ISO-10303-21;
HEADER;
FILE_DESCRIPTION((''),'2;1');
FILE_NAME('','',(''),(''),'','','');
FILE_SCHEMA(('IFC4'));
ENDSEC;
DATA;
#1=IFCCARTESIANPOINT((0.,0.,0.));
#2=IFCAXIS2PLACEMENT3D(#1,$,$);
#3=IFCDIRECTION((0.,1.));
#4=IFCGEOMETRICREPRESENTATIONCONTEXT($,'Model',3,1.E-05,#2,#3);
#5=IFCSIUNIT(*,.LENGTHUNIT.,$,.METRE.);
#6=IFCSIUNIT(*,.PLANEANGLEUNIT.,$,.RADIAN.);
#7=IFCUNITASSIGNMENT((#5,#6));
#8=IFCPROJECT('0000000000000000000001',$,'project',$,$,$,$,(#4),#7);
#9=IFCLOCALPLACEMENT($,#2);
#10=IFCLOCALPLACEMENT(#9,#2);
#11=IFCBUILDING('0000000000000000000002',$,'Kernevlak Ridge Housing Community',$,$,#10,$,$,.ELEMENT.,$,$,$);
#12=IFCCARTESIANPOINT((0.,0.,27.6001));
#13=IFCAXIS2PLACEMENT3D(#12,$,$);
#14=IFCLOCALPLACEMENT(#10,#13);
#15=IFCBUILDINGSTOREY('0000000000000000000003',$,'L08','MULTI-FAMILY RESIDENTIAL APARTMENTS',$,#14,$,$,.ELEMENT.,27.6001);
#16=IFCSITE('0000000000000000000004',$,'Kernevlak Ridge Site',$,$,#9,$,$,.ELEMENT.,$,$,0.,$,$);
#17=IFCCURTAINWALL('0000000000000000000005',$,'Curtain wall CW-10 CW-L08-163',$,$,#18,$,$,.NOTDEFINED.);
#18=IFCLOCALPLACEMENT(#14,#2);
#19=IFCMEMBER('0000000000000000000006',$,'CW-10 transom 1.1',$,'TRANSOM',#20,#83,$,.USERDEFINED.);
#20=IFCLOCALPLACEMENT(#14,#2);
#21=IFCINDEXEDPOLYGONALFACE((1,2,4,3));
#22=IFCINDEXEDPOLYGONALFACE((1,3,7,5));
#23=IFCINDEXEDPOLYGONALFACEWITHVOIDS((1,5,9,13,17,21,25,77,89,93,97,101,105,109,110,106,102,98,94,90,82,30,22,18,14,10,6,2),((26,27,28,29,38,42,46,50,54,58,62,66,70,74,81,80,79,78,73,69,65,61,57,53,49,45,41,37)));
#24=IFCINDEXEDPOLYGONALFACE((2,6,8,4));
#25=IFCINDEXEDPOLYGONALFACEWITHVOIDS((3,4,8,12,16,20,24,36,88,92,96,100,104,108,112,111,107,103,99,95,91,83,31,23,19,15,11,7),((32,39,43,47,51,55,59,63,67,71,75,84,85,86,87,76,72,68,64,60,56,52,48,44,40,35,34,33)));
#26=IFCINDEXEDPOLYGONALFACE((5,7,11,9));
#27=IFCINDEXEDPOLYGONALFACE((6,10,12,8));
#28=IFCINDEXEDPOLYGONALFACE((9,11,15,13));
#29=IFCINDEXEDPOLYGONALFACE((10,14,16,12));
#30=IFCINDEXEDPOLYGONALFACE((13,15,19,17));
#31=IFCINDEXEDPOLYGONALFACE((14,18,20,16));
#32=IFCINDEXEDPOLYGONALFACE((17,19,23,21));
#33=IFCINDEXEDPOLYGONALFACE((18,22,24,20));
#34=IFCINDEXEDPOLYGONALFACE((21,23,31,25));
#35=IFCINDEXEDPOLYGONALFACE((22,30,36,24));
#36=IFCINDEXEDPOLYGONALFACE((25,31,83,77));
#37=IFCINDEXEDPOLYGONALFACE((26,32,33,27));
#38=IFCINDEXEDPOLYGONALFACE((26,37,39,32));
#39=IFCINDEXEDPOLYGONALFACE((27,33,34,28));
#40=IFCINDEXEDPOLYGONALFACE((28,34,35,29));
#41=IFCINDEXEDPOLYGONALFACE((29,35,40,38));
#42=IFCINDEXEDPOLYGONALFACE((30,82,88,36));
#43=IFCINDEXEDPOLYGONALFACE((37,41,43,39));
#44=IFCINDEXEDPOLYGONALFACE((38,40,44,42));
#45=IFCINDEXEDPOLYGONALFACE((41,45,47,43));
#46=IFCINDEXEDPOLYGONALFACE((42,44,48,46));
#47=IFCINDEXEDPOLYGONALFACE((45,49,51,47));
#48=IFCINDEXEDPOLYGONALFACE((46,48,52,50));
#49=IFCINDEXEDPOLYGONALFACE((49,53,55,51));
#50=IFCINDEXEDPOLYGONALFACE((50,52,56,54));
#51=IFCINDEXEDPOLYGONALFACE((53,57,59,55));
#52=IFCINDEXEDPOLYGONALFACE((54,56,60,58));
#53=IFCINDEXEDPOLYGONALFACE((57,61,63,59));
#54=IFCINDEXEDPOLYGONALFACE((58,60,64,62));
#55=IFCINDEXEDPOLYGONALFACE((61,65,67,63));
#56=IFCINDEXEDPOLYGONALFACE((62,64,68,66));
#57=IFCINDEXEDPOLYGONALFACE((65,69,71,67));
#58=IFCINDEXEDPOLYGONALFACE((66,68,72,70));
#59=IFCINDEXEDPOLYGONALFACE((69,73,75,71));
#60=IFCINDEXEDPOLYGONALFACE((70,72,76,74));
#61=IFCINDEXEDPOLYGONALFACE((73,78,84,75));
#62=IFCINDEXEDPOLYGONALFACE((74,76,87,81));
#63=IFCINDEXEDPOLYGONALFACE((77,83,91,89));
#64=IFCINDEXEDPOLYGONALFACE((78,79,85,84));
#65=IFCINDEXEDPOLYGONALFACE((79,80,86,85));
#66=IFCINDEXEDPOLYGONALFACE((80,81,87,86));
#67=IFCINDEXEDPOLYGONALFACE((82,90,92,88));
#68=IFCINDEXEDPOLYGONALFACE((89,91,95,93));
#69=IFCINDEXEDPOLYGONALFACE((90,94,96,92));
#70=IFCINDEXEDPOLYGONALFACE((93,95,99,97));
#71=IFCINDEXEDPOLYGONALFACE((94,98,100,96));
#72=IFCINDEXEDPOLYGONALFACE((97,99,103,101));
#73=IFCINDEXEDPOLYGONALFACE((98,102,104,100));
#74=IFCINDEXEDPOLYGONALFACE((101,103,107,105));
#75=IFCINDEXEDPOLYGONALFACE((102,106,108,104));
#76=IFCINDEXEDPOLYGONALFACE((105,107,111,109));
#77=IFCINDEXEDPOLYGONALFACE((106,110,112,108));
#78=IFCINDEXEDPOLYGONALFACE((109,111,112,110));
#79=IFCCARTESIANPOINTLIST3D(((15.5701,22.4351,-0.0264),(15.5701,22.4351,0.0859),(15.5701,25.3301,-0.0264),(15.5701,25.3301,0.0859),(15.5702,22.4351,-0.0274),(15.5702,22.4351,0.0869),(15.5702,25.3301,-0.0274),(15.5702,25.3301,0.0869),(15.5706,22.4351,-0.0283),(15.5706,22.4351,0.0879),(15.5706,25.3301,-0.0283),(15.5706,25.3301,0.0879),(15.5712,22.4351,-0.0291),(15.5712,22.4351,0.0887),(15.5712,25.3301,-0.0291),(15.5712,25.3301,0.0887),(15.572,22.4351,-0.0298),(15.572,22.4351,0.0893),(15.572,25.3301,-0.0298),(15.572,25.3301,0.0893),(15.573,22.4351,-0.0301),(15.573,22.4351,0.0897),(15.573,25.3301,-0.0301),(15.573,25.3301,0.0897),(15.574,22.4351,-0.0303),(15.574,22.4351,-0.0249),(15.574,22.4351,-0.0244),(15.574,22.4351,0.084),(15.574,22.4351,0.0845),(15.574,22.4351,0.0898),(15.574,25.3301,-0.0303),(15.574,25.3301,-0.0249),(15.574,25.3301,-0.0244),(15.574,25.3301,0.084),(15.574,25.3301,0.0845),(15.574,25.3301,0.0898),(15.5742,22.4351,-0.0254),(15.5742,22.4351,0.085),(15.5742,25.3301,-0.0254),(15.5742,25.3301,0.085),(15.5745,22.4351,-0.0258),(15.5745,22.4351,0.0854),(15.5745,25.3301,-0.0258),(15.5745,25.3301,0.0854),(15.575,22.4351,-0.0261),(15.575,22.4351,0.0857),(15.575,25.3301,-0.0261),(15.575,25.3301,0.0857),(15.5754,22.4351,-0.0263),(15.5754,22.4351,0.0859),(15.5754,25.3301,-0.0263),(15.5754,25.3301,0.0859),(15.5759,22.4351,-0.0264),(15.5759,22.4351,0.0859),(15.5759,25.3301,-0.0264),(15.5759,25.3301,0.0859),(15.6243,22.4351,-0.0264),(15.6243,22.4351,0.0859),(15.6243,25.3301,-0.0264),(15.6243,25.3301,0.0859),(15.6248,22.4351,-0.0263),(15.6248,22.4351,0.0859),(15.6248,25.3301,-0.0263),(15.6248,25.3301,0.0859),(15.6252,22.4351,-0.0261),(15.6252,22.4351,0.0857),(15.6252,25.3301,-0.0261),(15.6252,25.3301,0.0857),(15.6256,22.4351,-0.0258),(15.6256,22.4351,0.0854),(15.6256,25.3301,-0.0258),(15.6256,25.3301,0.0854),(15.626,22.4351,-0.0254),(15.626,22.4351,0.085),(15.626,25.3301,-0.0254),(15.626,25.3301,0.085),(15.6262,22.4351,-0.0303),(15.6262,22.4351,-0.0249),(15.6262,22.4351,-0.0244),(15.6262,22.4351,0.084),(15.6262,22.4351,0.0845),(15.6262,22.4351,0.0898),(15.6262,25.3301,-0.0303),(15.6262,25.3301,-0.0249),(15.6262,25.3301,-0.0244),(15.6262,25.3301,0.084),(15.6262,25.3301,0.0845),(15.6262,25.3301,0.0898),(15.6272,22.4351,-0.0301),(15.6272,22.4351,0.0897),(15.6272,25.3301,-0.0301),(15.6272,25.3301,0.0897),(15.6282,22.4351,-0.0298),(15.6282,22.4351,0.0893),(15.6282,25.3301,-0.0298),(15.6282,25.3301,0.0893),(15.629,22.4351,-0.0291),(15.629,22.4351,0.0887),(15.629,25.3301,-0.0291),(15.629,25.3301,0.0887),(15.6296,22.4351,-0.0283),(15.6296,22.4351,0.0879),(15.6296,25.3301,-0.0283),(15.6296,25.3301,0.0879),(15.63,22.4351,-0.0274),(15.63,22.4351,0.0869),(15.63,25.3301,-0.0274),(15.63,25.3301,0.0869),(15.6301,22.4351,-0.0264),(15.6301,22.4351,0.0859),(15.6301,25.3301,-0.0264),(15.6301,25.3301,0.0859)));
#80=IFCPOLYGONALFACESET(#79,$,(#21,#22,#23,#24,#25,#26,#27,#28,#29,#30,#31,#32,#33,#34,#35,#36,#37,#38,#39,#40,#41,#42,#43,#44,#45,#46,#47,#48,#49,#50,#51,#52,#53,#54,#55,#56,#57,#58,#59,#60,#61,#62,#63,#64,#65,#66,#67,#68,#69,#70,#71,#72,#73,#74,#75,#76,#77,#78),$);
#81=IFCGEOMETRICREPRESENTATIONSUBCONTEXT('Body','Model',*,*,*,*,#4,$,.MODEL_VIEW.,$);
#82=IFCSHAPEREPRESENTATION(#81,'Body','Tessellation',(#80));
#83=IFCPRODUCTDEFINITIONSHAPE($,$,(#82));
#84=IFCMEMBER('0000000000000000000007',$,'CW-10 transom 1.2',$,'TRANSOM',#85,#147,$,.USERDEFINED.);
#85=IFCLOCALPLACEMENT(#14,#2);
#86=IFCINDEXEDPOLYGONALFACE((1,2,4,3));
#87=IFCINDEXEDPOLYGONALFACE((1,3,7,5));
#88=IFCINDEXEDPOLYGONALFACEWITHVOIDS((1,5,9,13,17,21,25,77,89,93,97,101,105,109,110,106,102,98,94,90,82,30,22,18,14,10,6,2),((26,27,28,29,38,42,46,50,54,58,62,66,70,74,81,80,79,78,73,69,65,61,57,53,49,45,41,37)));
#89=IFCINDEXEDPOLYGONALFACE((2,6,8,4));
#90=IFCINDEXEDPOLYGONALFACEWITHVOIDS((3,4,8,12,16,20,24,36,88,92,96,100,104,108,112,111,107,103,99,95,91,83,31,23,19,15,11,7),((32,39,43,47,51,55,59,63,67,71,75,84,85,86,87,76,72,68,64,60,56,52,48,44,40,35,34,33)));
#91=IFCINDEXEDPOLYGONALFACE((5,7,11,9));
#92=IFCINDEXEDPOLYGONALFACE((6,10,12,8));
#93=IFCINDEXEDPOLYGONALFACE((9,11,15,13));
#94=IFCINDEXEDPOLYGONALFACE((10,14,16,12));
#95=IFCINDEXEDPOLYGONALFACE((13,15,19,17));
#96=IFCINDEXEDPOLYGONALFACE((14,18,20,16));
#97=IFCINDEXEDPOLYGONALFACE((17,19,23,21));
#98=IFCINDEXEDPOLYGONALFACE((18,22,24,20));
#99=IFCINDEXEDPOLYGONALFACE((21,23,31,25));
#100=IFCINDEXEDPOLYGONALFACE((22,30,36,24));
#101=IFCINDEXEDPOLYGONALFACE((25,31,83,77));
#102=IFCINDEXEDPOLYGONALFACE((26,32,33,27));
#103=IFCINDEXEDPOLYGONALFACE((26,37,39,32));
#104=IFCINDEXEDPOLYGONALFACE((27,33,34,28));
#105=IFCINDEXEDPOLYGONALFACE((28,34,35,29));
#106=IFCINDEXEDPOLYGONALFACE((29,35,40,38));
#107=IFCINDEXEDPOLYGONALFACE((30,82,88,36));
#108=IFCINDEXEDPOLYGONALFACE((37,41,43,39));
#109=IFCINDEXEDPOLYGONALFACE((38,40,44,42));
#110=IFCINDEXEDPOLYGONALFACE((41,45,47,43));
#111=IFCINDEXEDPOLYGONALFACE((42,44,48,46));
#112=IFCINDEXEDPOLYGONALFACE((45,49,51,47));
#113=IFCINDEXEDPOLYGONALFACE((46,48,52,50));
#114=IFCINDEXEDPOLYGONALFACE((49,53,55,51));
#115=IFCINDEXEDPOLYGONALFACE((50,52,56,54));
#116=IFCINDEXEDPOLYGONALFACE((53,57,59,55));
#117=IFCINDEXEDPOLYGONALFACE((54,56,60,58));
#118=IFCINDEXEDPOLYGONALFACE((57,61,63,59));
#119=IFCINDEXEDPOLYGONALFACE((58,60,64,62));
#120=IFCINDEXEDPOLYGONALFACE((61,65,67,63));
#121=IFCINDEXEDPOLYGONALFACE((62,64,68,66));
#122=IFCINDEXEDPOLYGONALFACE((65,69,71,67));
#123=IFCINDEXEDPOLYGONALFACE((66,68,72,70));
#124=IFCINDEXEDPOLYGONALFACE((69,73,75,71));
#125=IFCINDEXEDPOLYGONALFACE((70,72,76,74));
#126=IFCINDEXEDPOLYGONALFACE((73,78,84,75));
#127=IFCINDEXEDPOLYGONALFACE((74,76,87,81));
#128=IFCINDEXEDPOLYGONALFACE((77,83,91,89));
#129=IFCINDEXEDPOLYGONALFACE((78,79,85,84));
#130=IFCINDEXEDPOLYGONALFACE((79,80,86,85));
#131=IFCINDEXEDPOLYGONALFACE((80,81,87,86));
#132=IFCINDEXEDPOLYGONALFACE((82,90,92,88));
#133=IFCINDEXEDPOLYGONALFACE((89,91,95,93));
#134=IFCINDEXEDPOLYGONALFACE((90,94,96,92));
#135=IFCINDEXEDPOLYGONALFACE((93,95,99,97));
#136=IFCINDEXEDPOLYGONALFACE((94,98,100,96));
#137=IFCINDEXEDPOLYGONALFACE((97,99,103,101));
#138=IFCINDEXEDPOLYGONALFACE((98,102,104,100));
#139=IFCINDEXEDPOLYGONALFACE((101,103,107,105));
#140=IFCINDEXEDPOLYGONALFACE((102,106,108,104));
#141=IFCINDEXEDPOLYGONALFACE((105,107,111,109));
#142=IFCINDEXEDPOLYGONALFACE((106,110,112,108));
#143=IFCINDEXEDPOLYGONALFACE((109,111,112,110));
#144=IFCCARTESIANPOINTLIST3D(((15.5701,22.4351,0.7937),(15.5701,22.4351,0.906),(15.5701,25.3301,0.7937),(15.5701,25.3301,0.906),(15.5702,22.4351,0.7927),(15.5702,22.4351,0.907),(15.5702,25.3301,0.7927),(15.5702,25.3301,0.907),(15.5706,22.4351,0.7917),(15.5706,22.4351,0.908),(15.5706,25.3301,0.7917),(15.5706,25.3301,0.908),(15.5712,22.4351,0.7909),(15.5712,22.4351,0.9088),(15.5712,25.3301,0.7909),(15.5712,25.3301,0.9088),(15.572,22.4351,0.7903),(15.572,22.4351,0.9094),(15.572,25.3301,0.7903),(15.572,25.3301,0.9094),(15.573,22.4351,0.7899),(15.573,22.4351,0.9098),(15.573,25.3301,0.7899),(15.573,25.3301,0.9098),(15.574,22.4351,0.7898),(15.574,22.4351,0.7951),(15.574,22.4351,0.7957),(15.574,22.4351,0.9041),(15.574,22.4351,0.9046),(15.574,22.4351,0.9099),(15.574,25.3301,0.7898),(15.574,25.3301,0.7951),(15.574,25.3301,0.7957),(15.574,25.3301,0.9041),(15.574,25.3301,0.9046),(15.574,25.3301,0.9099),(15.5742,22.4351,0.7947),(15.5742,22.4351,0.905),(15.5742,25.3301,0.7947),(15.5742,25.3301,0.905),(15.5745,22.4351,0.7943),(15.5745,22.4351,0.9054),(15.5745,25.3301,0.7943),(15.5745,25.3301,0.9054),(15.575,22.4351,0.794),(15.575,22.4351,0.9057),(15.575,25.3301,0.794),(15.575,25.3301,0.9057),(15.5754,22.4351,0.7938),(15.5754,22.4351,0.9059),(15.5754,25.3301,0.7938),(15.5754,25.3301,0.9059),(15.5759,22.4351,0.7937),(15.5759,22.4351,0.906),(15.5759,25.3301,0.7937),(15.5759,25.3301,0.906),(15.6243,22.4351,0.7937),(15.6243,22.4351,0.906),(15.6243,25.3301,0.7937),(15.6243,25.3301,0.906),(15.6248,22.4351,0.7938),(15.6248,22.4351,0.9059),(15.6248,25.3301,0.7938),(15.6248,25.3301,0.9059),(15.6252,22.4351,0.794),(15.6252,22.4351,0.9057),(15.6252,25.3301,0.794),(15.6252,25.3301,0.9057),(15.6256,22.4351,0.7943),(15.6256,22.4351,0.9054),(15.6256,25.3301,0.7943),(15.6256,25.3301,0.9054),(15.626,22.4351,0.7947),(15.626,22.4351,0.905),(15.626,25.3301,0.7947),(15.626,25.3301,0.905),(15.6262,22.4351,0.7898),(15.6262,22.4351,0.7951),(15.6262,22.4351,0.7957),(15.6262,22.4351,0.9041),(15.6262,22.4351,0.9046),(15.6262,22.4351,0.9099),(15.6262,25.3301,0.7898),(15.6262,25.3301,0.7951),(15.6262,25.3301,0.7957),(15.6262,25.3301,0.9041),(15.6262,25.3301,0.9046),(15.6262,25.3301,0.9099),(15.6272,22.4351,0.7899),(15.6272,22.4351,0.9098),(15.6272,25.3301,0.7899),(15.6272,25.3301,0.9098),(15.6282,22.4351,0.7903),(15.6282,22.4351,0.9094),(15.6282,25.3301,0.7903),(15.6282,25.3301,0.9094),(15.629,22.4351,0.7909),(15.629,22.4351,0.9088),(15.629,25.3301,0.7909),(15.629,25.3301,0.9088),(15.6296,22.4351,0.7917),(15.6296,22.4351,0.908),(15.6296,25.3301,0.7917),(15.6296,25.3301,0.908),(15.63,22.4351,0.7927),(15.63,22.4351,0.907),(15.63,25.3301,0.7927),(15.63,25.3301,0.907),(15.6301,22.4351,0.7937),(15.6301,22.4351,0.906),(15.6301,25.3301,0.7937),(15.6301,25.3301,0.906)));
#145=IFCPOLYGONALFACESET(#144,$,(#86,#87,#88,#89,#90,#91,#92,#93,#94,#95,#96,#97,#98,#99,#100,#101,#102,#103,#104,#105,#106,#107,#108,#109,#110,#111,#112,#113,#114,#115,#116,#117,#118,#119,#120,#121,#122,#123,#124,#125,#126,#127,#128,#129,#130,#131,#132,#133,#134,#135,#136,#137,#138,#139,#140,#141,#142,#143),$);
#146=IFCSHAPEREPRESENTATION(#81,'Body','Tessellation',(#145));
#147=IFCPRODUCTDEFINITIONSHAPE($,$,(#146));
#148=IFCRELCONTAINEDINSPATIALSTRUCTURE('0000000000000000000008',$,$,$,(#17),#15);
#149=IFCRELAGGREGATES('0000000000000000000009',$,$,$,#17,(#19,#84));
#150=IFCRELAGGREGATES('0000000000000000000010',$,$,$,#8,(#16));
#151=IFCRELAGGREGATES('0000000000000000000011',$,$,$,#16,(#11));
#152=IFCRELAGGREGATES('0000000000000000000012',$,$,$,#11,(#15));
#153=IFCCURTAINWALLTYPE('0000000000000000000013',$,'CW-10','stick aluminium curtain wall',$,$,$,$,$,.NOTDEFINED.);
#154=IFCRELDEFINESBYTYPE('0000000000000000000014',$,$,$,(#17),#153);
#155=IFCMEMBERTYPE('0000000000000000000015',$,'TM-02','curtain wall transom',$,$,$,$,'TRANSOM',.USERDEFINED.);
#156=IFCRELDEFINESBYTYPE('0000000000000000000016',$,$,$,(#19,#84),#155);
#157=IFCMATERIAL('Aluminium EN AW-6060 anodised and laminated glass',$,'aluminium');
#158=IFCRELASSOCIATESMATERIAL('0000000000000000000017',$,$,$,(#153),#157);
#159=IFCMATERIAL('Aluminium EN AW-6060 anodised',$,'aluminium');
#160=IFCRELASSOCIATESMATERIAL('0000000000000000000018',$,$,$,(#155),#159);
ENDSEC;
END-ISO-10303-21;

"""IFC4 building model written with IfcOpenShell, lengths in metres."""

from ifc_helpers import new_model, si_unit, direction, frame, origin, origin_2d, place, context, subcontext, project, spatial, hollow_rectangle, extrude, material, material_profile, profile_set, type_object, element, aggregate, save


model = new_model("IFC4")

# Units and contexts
model_context = context("Model", 3, precision=1e-05, world=origin(), true_north=direction((0.0, 1.0)))
body_context = subcontext(model_context, "Body", "Model", "MODEL_VIEW")
ifc_project = project(units=[si_unit("LENGTHUNIT", "METRE"), si_unit("PLANEANGLEUNIT", "RADIAN")], contexts=[model_context])

# Site, building, storey
site_placement = place(None, origin())
site = spatial("IfcSite", under=ifc_project, at=site_placement, Name="Kernevlak Ridge Site", CompositionType="ELEMENT", RefElevation=0.0)
building_placement = place(site_placement, origin())
building = spatial("IfcBuilding", under=site, at=building_placement, Name="Kernevlak Ridge Housing Community", CompositionType="ELEMENT")
storey_placement = place(building_placement, frame((0.0, 0.0, 27.6001)))
storey = spatial("IfcBuildingStorey", under=building, at=storey_placement, Name="L08", Description="MULTI-FAMILY RESIDENTIAL APARTMENTS", CompositionType="ELEMENT", Elevation=27.6001)

# Curtain wall
ifc_material_1 = material(Name="Aluminium EN AW-6060 anodised and laminated glass", Category="aluminium")
curtain_wall_type_1 = type_object("IfcCurtainWallType", Name="CW-10", Description="stick aluminium curtain wall", PredefinedType="NOTDEFINED", material=ifc_material_1)
curtain_wall_1_placement = place(storey_placement, origin())
curtain_wall_1 = element("IfcCurtainWall", 1, at=curtain_wall_1_placement, inside=storey, type_object=curtain_wall_type_1, Name="Curtain wall CW-10 CW-L08-163", PredefinedType="NOTDEFINED")
ifc_material_2 = material(Name="Aluminium EN AW-6060 anodised", Category="aluminium")

# Members
ifc_material_profile_1 = material_profile(ifc_material_2, hollow_rectangle(XDim=0.0601, YDim=0.1201, WallThickness=0.0039, InnerFilletRadius=0.002, OuterFilletRadius=0.0039, at=origin_2d()), Name="ALU 60x120x4")
ifc_profile_set_1 = profile_set([ifc_material_profile_1], Name="Aluminium EN AW-6060 anodised")
member_type_1 = type_object("IfcMemberType", Name="TM-02", Description="curtain wall transom", ElementType="TRANSOM", PredefinedType="USERDEFINED", material=ifc_profile_set_1)
member_1_placement = place(storey_placement, frame((15.6001, 22.4351, 0.0298), z_axis=(0.0, 1.0, 0.0), x_axis=(-1.0, 0.0, 0.0)))
member_1 = element("IfcMember", 2, at=member_1_placement, type_object=member_type_1, Name="CW-10 transom 1.1", ObjectType="TRANSOM", PredefinedType="USERDEFINED", context=body_context, shape_type="SweptSolid", body=[
    extrude(hollow_rectangle(XDim=0.0601, YDim=0.1201, WallThickness=0.0039, InnerFilletRadius=0.002, OuterFilletRadius=0.0039, at=origin_2d()), origin(), (0.0, 0.0, 1.0), 2.895),
])
member_2_placement = place(storey_placement, frame((15.6001, 22.4351, 0.8499), z_axis=(0.0, 1.0, 0.0), x_axis=(-1.0, 0.0, 0.0)))
member_2 = element("IfcMember", 3, at=member_2_placement, type_object=member_type_1, Name="CW-10 transom 1.2", ObjectType="TRANSOM", PredefinedType="USERDEFINED", context=body_context, shape_type="SweptSolid", body=[
    extrude(hollow_rectangle(XDim=0.0601, YDim=0.1201, WallThickness=0.0039, InnerFilletRadius=0.002, OuterFilletRadius=0.0039, at=origin_2d()), origin(), (0.0, 0.0, 1.0), 2.895),
])

aggregate(curtain_wall_1, [member_1, member_2])

save(model, "model.ifc")
